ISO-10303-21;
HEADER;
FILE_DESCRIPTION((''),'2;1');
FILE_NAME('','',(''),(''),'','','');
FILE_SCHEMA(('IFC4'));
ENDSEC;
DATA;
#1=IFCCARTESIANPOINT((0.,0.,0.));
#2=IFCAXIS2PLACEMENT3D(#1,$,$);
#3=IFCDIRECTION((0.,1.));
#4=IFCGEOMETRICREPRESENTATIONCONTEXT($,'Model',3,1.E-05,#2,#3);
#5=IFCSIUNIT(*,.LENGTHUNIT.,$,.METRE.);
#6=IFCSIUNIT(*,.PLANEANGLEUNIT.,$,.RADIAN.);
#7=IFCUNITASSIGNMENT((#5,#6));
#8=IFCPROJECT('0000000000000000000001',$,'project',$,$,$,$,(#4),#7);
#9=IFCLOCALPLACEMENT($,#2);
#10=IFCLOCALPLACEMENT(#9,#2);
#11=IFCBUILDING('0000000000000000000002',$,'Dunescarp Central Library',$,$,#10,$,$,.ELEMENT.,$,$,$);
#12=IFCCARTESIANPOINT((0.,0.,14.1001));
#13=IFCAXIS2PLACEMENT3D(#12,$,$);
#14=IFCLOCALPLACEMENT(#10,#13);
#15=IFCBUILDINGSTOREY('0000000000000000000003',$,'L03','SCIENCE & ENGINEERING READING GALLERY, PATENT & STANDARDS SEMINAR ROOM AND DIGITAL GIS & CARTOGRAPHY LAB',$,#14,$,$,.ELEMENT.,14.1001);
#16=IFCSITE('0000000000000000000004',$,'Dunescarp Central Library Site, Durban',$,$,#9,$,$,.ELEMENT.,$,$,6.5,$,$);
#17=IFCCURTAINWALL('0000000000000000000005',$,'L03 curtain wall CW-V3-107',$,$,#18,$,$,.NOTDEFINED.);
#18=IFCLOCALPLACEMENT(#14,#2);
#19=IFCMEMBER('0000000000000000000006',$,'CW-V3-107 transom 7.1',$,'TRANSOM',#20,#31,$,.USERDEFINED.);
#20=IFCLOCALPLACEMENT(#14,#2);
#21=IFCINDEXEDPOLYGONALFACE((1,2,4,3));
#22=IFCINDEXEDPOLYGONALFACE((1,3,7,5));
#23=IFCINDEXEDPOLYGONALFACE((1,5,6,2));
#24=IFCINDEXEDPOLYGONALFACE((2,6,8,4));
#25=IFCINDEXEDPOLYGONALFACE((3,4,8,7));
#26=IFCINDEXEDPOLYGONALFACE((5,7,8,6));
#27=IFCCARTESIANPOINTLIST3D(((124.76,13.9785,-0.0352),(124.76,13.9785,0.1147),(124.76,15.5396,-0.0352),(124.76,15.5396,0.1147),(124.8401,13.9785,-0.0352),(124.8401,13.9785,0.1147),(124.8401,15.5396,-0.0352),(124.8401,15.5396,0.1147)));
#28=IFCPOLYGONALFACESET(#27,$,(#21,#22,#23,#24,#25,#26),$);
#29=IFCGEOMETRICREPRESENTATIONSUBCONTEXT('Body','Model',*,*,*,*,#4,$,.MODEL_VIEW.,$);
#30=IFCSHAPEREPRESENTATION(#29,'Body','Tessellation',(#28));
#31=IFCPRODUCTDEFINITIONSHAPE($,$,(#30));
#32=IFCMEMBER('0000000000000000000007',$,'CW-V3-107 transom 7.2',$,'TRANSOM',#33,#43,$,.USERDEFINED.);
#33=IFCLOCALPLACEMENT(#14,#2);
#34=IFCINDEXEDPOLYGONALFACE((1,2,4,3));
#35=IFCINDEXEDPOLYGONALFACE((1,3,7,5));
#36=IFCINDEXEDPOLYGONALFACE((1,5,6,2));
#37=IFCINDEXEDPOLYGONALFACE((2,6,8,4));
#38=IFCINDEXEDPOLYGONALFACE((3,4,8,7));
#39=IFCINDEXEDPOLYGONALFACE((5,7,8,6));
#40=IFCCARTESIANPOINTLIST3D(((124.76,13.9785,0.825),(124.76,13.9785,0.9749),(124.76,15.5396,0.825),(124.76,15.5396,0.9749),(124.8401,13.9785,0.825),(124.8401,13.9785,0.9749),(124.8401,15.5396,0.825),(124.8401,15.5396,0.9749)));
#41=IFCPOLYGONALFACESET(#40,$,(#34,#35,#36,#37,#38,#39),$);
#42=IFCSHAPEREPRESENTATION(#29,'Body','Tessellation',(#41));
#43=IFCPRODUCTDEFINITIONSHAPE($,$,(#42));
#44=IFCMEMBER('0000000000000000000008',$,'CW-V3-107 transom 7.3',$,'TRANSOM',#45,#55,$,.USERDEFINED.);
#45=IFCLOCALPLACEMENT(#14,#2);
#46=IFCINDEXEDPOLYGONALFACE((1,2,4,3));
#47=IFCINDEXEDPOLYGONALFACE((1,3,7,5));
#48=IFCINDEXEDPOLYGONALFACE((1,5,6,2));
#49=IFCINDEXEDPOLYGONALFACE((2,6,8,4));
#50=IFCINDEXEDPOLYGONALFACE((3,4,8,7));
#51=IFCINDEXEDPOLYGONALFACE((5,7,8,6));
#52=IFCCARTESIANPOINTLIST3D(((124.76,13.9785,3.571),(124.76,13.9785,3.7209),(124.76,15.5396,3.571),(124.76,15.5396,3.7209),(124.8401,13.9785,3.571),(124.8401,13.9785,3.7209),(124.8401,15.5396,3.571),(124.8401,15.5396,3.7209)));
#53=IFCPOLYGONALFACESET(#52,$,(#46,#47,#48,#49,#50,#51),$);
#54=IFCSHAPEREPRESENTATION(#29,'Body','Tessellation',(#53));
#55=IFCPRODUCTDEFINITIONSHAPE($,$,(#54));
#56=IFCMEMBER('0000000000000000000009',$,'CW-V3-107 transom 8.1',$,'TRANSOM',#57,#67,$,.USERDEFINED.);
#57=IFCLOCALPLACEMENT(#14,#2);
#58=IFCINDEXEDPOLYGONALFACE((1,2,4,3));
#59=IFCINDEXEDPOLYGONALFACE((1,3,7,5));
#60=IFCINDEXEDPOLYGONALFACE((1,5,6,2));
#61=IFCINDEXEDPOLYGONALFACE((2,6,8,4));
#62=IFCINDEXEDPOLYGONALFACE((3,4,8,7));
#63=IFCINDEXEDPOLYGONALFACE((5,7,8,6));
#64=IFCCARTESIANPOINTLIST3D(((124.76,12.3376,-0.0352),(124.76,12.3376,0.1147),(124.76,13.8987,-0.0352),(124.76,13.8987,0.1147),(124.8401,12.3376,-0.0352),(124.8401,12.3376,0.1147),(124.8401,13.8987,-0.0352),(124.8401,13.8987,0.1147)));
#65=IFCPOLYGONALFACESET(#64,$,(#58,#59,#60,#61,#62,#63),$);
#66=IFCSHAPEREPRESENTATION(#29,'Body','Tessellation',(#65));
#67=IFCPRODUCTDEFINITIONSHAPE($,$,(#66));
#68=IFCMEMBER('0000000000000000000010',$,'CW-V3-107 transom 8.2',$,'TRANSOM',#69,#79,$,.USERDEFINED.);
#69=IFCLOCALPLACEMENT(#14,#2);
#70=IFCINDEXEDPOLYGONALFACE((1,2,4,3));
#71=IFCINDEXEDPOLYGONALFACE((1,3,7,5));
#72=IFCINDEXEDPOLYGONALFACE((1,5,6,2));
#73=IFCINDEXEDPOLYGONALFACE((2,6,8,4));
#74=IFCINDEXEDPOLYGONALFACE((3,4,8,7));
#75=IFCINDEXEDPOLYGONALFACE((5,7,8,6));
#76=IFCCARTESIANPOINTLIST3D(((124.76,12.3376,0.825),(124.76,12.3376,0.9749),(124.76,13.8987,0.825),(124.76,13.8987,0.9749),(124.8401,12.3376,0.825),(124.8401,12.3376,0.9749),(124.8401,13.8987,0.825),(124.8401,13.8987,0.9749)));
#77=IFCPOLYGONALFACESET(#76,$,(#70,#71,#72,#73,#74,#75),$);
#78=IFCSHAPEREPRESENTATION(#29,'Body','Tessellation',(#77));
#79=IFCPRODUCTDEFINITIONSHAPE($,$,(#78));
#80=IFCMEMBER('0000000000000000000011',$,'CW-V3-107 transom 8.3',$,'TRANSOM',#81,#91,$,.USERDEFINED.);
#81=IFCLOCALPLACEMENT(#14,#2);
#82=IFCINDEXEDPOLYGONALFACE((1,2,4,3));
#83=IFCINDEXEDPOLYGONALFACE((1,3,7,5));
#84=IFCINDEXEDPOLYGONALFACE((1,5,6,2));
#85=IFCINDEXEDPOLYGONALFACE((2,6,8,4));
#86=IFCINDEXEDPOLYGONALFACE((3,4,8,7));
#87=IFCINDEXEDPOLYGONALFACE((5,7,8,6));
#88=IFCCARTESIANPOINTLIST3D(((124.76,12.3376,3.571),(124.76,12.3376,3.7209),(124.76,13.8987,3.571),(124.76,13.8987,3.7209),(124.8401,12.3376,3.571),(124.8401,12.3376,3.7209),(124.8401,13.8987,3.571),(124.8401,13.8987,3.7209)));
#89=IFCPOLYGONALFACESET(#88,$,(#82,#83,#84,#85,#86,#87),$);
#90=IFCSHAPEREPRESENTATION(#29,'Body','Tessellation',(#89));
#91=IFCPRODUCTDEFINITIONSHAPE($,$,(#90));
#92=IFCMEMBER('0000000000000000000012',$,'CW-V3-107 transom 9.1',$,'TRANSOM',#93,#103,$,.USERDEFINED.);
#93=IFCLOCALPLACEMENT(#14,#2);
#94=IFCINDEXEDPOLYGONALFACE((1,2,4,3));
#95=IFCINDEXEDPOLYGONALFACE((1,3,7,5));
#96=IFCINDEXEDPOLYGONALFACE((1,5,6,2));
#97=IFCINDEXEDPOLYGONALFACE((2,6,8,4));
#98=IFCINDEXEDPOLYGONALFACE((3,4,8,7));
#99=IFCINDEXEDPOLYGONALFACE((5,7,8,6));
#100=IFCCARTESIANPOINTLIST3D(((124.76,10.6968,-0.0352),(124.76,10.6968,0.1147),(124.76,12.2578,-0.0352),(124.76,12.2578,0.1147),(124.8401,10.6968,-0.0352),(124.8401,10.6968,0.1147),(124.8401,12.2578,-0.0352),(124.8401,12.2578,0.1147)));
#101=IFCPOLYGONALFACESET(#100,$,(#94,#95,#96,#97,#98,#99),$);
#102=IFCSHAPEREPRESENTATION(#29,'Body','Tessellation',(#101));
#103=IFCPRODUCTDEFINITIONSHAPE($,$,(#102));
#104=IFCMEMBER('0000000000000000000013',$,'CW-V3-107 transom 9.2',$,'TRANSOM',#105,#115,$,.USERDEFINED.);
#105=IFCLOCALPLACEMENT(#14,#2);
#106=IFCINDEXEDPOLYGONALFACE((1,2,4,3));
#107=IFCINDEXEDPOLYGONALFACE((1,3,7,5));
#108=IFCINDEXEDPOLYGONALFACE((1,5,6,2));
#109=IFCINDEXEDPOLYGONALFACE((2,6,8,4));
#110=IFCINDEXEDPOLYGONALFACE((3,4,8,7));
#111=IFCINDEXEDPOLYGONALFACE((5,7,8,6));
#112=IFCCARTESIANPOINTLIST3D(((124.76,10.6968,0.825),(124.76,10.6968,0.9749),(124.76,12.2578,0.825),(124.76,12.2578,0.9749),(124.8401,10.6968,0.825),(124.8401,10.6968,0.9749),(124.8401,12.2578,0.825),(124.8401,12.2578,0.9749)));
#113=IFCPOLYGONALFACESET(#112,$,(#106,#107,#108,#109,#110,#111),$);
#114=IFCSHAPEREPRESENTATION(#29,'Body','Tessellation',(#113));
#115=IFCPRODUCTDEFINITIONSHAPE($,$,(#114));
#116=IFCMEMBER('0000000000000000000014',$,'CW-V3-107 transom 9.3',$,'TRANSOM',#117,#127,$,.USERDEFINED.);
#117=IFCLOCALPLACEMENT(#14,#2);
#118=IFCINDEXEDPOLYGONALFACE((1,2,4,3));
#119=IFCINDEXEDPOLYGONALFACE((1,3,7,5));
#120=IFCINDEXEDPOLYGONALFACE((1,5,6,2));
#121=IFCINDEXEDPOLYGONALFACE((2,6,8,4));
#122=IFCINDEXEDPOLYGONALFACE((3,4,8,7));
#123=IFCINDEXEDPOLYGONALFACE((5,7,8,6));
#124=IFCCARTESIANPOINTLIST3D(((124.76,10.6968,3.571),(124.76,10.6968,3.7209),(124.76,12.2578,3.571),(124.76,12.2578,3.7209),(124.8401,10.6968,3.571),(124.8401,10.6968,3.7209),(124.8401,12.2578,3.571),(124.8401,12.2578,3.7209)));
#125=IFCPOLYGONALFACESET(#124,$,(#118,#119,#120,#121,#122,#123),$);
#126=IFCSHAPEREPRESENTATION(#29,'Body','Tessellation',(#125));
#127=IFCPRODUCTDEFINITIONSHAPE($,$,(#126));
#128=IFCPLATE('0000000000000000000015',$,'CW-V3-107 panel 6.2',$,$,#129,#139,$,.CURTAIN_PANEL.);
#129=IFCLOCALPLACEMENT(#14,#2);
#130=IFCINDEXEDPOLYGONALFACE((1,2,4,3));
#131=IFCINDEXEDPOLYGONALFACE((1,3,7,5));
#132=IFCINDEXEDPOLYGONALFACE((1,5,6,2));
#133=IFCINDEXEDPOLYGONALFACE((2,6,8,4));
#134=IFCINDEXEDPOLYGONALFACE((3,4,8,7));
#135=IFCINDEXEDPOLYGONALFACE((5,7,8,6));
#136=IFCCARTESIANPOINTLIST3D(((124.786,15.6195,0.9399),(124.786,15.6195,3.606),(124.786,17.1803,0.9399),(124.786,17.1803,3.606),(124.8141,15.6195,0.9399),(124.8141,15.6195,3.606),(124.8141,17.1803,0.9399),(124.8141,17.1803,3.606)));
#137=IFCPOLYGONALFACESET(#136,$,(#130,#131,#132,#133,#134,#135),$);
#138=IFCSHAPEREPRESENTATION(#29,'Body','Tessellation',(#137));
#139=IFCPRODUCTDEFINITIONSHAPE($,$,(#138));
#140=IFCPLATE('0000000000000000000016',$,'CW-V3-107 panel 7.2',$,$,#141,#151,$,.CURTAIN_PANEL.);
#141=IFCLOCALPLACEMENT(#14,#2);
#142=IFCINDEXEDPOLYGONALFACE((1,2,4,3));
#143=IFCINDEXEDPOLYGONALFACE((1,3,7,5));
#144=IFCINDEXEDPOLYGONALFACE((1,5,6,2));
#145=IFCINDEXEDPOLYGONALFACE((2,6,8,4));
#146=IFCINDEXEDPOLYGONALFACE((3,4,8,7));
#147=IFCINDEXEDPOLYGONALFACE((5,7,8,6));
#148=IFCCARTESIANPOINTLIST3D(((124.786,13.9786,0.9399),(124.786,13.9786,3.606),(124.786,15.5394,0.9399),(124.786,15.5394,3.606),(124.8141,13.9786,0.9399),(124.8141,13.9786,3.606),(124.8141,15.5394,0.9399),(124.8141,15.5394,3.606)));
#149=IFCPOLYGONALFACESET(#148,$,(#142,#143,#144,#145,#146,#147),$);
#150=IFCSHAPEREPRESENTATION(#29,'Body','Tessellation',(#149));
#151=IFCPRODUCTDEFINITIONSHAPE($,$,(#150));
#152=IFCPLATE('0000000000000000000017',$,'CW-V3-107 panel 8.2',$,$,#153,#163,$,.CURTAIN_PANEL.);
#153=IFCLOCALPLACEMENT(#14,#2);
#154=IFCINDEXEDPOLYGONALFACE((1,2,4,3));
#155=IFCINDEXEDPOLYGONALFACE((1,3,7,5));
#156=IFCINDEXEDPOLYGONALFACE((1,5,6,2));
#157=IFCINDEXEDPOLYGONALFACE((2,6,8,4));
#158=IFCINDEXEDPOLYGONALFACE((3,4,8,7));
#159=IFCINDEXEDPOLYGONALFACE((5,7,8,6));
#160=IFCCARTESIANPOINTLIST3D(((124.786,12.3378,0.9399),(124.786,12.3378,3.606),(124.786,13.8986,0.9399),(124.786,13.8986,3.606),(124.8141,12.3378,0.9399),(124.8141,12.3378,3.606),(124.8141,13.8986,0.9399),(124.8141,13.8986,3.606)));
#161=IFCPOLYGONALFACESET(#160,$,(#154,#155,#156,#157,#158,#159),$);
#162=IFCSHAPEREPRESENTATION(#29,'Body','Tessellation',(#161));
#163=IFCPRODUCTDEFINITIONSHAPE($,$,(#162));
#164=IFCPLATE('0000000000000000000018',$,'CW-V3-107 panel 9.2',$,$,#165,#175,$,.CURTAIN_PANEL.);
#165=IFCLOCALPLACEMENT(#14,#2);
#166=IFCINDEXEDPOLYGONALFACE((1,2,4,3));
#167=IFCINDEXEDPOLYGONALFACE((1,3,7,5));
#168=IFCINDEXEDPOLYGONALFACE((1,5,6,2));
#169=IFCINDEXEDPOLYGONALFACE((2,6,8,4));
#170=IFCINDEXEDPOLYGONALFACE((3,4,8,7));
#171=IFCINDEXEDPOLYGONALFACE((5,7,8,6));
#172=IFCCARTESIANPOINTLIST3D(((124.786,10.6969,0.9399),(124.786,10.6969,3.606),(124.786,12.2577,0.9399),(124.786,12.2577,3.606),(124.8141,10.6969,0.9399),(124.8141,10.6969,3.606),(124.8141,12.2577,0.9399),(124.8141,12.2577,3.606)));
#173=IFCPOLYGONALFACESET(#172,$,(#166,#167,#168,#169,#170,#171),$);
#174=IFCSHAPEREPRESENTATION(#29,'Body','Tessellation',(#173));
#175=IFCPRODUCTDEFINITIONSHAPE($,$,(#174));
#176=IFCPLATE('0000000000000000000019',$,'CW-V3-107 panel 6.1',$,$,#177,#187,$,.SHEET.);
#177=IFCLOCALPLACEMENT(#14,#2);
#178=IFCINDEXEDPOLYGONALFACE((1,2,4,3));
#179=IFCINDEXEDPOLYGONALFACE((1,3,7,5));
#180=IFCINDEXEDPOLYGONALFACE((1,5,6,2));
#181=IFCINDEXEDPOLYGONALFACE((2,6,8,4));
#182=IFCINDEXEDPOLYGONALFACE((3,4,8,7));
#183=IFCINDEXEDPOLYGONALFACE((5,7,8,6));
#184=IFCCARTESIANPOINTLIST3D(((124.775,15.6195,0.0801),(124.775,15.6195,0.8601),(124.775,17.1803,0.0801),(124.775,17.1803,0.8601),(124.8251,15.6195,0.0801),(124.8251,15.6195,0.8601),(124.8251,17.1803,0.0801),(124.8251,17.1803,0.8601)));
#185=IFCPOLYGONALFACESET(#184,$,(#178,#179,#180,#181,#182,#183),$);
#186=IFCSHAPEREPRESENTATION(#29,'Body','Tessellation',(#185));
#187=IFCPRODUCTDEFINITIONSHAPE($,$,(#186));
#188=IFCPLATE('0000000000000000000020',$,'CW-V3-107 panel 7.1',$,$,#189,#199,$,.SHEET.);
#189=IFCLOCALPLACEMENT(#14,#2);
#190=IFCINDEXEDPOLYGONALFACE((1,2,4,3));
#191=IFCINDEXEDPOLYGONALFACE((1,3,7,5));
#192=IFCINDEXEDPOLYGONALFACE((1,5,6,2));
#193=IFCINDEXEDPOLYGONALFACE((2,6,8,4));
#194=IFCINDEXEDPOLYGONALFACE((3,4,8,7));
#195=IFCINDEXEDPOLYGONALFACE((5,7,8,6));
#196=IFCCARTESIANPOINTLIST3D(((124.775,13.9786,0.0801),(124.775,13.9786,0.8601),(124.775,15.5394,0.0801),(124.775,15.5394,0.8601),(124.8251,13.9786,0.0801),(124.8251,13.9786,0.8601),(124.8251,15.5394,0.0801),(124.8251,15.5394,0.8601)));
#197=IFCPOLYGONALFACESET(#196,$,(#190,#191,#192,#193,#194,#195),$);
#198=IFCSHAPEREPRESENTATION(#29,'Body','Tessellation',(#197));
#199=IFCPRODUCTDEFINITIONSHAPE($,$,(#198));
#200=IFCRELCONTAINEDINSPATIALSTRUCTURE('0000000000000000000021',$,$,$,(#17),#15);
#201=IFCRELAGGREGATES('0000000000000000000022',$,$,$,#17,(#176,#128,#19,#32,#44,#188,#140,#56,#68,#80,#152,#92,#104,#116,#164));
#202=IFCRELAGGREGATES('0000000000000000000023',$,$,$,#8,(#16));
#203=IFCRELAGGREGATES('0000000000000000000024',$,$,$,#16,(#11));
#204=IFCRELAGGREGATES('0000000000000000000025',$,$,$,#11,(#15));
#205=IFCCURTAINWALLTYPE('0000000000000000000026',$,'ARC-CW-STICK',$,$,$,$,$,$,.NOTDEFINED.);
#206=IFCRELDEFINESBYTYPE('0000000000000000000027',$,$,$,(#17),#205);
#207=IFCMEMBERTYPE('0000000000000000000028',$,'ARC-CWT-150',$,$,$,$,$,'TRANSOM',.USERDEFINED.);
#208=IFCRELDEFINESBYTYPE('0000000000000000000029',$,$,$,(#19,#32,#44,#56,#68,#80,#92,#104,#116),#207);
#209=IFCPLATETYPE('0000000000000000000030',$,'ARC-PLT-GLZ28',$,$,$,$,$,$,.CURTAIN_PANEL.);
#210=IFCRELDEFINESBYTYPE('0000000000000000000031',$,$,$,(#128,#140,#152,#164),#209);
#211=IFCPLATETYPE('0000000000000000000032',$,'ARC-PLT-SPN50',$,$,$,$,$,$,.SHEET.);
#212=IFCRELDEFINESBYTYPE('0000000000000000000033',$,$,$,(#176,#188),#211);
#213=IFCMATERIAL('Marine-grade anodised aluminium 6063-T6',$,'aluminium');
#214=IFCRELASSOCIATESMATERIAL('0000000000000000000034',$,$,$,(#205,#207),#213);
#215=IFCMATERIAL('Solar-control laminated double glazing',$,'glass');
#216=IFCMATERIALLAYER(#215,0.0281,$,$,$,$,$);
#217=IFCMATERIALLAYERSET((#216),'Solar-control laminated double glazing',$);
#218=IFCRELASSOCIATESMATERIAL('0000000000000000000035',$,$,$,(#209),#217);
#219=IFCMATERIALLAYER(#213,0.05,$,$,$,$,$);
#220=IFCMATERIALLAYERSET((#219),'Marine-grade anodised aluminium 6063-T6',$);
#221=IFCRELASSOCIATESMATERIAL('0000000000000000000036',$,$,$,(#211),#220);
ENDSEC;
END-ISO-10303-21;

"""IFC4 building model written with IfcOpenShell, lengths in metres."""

from ifc_helpers import new_model, si_unit, direction, frame, origin, origin_2d, place, context, subcontext, project, spatial, rectangle, extrude, material, layer, layer_set, material_profile, profile_set, type_object, element, aggregate, save


model = new_model("IFC4")

# Units and contexts
model_context = context("Model", 3, precision=1e-05, world=origin(), true_north=direction((0.0, 1.0)))
body_context = subcontext(model_context, "Body", "Model", "MODEL_VIEW")
ifc_project = project(units=[si_unit("LENGTHUNIT", "METRE"), si_unit("PLANEANGLEUNIT", "RADIAN")], contexts=[model_context])

# Site, building, storey
site_placement = place(None, origin())
site = spatial("IfcSite", under=ifc_project, at=site_placement, Name="Dunescarp Central Library Site, Durban", CompositionType="ELEMENT", RefElevation=6.5)
building_placement = place(site_placement, origin())
building = spatial("IfcBuilding", under=site, at=building_placement, Name="Dunescarp Central Library", CompositionType="ELEMENT")
storey_placement = place(building_placement, frame((0.0, 0.0, 14.1001)))
storey = spatial("IfcBuildingStorey", under=building, at=storey_placement, Name="L03", Description="SCIENCE & ENGINEERING READING GALLERY, PATENT & STANDARDS SEMINAR ROOM AND DIGITAL GIS & CARTOGRAPHY LAB", CompositionType="ELEMENT", Elevation=14.1001)

# Curtain wall, members, plates
ifc_material_1 = material(Name="Marine-grade anodised aluminium 6063-T6", Category="aluminium")
curtain_wall_type = type_object("IfcCurtainWallType", Name="ARC-CW-STICK", PredefinedType="NOTDEFINED", material=ifc_material_1)
curtain_wall_placement = place(storey_placement, origin())
curtain_wall = element("IfcCurtainWall", 1, at=curtain_wall_placement, inside=storey, type_object=curtain_wall_type, Name="L03 curtain wall CW-V3-107", PredefinedType="NOTDEFINED")
ifc_material_profile = material_profile(ifc_material_1, rectangle(XDim=0.0801, YDim=0.1499, at=origin_2d()), Name="AL 80x150")
ifc_profile_set = profile_set([ifc_material_profile], Name="Marine-grade anodised aluminium 6063-T6")
member_type = type_object("IfcMemberType", Name="ARC-CWT-150", ElementType="TRANSOM", PredefinedType="USERDEFINED", material=ifc_profile_set)
member_1_placement = place(storey_placement, frame((124.8, 15.5396, 0.0398), z_axis=(0.0, -1.0, 0.0), x_axis=(1.0, 0.0, 0.0)))
member_1 = element("IfcMember", 2, at=member_1_placement, type_object=member_type, Name="CW-V3-107 transom 7.1", ObjectType="TRANSOM", PredefinedType="USERDEFINED", context=body_context, shape_type="SweptSolid", body=[
    extrude(rectangle(XDim=0.0801, YDim=0.1499, at=origin_2d()), origin(), (0.0, 0.0, 1.0), 1.561),
])
member_2_placement = place(storey_placement, frame((124.8, 15.5396, 0.8999), z_axis=(0.0, -1.0, 0.0), x_axis=(1.0, 0.0, 0.0)))
member_2 = element("IfcMember", 3, at=member_2_placement, type_object=member_type, Name="CW-V3-107 transom 7.2", ObjectType="TRANSOM", PredefinedType="USERDEFINED", context=body_context, shape_type="SweptSolid", body=[
    extrude(rectangle(XDim=0.0801, YDim=0.1499, at=origin_2d()), origin(), (0.0, 0.0, 1.0), 1.561),
])
member_3_placement = place(storey_placement, frame((124.8, 15.5396, 3.646), z_axis=(0.0, -1.0, 0.0), x_axis=(1.0, 0.0, 0.0)))
member_3 = element("IfcMember", 4, at=member_3_placement, type_object=member_type, Name="CW-V3-107 transom 7.3", ObjectType="TRANSOM", PredefinedType="USERDEFINED", context=body_context, shape_type="SweptSolid", body=[
    extrude(rectangle(XDim=0.0801, YDim=0.1499, at=origin_2d()), origin(), (0.0, 0.0, 1.0), 1.561),
])
member_4_placement = place(storey_placement, frame((124.8, 13.8987, 0.0398), z_axis=(0.0, -1.0, 0.0), x_axis=(1.0, 0.0, 0.0)))
member_4 = element("IfcMember", 5, at=member_4_placement, type_object=member_type, Name="CW-V3-107 transom 8.1", ObjectType="TRANSOM", PredefinedType="USERDEFINED", context=body_context, shape_type="SweptSolid", body=[
    extrude(rectangle(XDim=0.0801, YDim=0.1499, at=origin_2d()), origin(), (0.0, 0.0, 1.0), 1.561),
])
member_5_placement = place(storey_placement, frame((124.8, 13.8987, 0.8999), z_axis=(0.0, -1.0, 0.0), x_axis=(1.0, 0.0, 0.0)))
member_5 = element("IfcMember", 6, at=member_5_placement, type_object=member_type, Name="CW-V3-107 transom 8.2", ObjectType="TRANSOM", PredefinedType="USERDEFINED", context=body_context, shape_type="SweptSolid", body=[
    extrude(rectangle(XDim=0.0801, YDim=0.1499, at=origin_2d()), origin(), (0.0, 0.0, 1.0), 1.561),
])
member_6_placement = place(storey_placement, frame((124.8, 13.8987, 3.646), z_axis=(0.0, -1.0, 0.0), x_axis=(1.0, 0.0, 0.0)))
member_6 = element("IfcMember", 7, at=member_6_placement, type_object=member_type, Name="CW-V3-107 transom 8.3", ObjectType="TRANSOM", PredefinedType="USERDEFINED", context=body_context, shape_type="SweptSolid", body=[
    extrude(rectangle(XDim=0.0801, YDim=0.1499, at=origin_2d()), origin(), (0.0, 0.0, 1.0), 1.561),
])
member_7_placement = place(storey_placement, frame((124.8, 12.2578, 0.0398), z_axis=(0.0, -1.0, 0.0), x_axis=(1.0, 0.0, 0.0)))
member_7 = element("IfcMember", 8, at=member_7_placement, type_object=member_type, Name="CW-V3-107 transom 9.1", ObjectType="TRANSOM", PredefinedType="USERDEFINED", context=body_context, shape_type="SweptSolid", body=[
    extrude(rectangle(XDim=0.0801, YDim=0.1499, at=origin_2d()), origin(), (0.0, 0.0, 1.0), 1.561),
])
member_8_placement = place(storey_placement, frame((124.8, 12.2578, 0.8999), z_axis=(0.0, -1.0, 0.0), x_axis=(1.0, 0.0, 0.0)))
member_8 = element("IfcMember", 9, at=member_8_placement, type_object=member_type, Name="CW-V3-107 transom 9.2", ObjectType="TRANSOM", PredefinedType="USERDEFINED", context=body_context, shape_type="SweptSolid", body=[
    extrude(rectangle(XDim=0.0801, YDim=0.1499, at=origin_2d()), origin(), (0.0, 0.0, 1.0), 1.561),
])
member_9_placement = place(storey_placement, frame((124.8, 12.2578, 3.646), z_axis=(0.0, -1.0, 0.0), x_axis=(1.0, 0.0, 0.0)))
member_9 = element("IfcMember", 10, at=member_9_placement, type_object=member_type, Name="CW-V3-107 transom 9.3", ObjectType="TRANSOM", PredefinedType="USERDEFINED", context=body_context, shape_type="SweptSolid", body=[
    extrude(rectangle(XDim=0.0801, YDim=0.1499, at=origin_2d()), origin(), (0.0, 0.0, 1.0), 1.561),
])
ifc_material_2 = material(Name="Solar-control laminated double glazing", Category="glass")
ifc_layer_1 = layer(ifc_material_2, 0.0281)
ifc_layer_set_1 = layer_set([ifc_layer_1], Name="Solar-control laminated double glazing")
plate_type_1 = type_object("IfcPlateType", Name="ARC-PLT-GLZ28", PredefinedType="CURTAIN_PANEL", material=ifc_layer_set_1)
plate_1_placement = place(storey_placement, frame((124.8, 16.3999, 0.9399), z_axis=(0.0, 0.0, 1.0), x_axis=(0.0, -1.0, 0.0)))
plate_1 = element("IfcPlate", 11, at=plate_1_placement, type_object=plate_type_1, Name="CW-V3-107 panel 6.2", PredefinedType="CURTAIN_PANEL", context=body_context, shape_type="SweptSolid", body=[
    extrude(rectangle(XDim=1.5608, YDim=0.0281, at=origin_2d()), origin(), (0.0, 0.0, 1.0), 2.666),
])
plate_2_placement = place(storey_placement, frame((124.8, 14.759, 0.9399), z_axis=(0.0, 0.0, 1.0), x_axis=(0.0, -1.0, 0.0)))
plate_2 = element("IfcPlate", 12, at=plate_2_placement, type_object=plate_type_1, Name="CW-V3-107 panel 7.2", PredefinedType="CURTAIN_PANEL", context=body_context, shape_type="SweptSolid", body=[
    extrude(rectangle(XDim=1.5608, YDim=0.0281, at=origin_2d()), origin(), (0.0, 0.0, 1.0), 2.666),
])
plate_3_placement = place(storey_placement, frame((124.8, 13.1182, 0.9399), z_axis=(0.0, 0.0, 1.0), x_axis=(0.0, -1.0, 0.0)))
plate_3 = element("IfcPlate", 13, at=plate_3_placement, type_object=plate_type_1, Name="CW-V3-107 panel 8.2", PredefinedType="CURTAIN_PANEL", context=body_context, shape_type="SweptSolid", body=[
    extrude(rectangle(XDim=1.5608, YDim=0.0281, at=origin_2d()), origin(), (0.0, 0.0, 1.0), 2.666),
])
plate_4_placement = place(storey_placement, frame((124.8, 11.4773, 0.9399), z_axis=(0.0, 0.0, 1.0), x_axis=(0.0, -1.0, 0.0)))
plate_4 = element("IfcPlate", 14, at=plate_4_placement, type_object=plate_type_1, Name="CW-V3-107 panel 9.2", PredefinedType="CURTAIN_PANEL", context=body_context, shape_type="SweptSolid", body=[
    extrude(rectangle(XDim=1.5608, YDim=0.0281, at=origin_2d()), origin(), (0.0, 0.0, 1.0), 2.666),
])
ifc_layer_2 = layer(ifc_material_1, 0.05)
ifc_layer_set_2 = layer_set([ifc_layer_2], Name="Marine-grade anodised aluminium 6063-T6")
plate_type_2 = type_object("IfcPlateType", Name="ARC-PLT-SPN50", PredefinedType="SHEET", material=ifc_layer_set_2)
plate_5_placement = place(storey_placement, frame((124.8, 16.3999, 0.0801), z_axis=(0.0, 0.0, 1.0), x_axis=(0.0, -1.0, 0.0)))
plate_5 = element("IfcPlate", 15, at=plate_5_placement, type_object=plate_type_2, Name="CW-V3-107 panel 6.1", PredefinedType="SHEET", context=body_context, shape_type="SweptSolid", body=[
    extrude(rectangle(XDim=1.5608, YDim=0.05, at=origin_2d()), origin(), (0.0, 0.0, 1.0), 0.78),
])
plate_6_placement = place(storey_placement, frame((124.8, 14.759, 0.0801), z_axis=(0.0, 0.0, 1.0), x_axis=(0.0, -1.0, 0.0)))
plate_6 = element("IfcPlate", 16, at=plate_6_placement, type_object=plate_type_2, Name="CW-V3-107 panel 7.1", PredefinedType="SHEET", context=body_context, shape_type="SweptSolid", body=[
    extrude(rectangle(XDim=1.5608, YDim=0.05, at=origin_2d()), origin(), (0.0, 0.0, 1.0), 0.78),
])
aggregate(curtain_wall, [plate_5, plate_1, member_1, member_2, member_3, plate_6, plate_2, member_4, member_5, member_6, plate_3, member_7, member_8, member_9, plate_4])

save(model, "model.ifc")
